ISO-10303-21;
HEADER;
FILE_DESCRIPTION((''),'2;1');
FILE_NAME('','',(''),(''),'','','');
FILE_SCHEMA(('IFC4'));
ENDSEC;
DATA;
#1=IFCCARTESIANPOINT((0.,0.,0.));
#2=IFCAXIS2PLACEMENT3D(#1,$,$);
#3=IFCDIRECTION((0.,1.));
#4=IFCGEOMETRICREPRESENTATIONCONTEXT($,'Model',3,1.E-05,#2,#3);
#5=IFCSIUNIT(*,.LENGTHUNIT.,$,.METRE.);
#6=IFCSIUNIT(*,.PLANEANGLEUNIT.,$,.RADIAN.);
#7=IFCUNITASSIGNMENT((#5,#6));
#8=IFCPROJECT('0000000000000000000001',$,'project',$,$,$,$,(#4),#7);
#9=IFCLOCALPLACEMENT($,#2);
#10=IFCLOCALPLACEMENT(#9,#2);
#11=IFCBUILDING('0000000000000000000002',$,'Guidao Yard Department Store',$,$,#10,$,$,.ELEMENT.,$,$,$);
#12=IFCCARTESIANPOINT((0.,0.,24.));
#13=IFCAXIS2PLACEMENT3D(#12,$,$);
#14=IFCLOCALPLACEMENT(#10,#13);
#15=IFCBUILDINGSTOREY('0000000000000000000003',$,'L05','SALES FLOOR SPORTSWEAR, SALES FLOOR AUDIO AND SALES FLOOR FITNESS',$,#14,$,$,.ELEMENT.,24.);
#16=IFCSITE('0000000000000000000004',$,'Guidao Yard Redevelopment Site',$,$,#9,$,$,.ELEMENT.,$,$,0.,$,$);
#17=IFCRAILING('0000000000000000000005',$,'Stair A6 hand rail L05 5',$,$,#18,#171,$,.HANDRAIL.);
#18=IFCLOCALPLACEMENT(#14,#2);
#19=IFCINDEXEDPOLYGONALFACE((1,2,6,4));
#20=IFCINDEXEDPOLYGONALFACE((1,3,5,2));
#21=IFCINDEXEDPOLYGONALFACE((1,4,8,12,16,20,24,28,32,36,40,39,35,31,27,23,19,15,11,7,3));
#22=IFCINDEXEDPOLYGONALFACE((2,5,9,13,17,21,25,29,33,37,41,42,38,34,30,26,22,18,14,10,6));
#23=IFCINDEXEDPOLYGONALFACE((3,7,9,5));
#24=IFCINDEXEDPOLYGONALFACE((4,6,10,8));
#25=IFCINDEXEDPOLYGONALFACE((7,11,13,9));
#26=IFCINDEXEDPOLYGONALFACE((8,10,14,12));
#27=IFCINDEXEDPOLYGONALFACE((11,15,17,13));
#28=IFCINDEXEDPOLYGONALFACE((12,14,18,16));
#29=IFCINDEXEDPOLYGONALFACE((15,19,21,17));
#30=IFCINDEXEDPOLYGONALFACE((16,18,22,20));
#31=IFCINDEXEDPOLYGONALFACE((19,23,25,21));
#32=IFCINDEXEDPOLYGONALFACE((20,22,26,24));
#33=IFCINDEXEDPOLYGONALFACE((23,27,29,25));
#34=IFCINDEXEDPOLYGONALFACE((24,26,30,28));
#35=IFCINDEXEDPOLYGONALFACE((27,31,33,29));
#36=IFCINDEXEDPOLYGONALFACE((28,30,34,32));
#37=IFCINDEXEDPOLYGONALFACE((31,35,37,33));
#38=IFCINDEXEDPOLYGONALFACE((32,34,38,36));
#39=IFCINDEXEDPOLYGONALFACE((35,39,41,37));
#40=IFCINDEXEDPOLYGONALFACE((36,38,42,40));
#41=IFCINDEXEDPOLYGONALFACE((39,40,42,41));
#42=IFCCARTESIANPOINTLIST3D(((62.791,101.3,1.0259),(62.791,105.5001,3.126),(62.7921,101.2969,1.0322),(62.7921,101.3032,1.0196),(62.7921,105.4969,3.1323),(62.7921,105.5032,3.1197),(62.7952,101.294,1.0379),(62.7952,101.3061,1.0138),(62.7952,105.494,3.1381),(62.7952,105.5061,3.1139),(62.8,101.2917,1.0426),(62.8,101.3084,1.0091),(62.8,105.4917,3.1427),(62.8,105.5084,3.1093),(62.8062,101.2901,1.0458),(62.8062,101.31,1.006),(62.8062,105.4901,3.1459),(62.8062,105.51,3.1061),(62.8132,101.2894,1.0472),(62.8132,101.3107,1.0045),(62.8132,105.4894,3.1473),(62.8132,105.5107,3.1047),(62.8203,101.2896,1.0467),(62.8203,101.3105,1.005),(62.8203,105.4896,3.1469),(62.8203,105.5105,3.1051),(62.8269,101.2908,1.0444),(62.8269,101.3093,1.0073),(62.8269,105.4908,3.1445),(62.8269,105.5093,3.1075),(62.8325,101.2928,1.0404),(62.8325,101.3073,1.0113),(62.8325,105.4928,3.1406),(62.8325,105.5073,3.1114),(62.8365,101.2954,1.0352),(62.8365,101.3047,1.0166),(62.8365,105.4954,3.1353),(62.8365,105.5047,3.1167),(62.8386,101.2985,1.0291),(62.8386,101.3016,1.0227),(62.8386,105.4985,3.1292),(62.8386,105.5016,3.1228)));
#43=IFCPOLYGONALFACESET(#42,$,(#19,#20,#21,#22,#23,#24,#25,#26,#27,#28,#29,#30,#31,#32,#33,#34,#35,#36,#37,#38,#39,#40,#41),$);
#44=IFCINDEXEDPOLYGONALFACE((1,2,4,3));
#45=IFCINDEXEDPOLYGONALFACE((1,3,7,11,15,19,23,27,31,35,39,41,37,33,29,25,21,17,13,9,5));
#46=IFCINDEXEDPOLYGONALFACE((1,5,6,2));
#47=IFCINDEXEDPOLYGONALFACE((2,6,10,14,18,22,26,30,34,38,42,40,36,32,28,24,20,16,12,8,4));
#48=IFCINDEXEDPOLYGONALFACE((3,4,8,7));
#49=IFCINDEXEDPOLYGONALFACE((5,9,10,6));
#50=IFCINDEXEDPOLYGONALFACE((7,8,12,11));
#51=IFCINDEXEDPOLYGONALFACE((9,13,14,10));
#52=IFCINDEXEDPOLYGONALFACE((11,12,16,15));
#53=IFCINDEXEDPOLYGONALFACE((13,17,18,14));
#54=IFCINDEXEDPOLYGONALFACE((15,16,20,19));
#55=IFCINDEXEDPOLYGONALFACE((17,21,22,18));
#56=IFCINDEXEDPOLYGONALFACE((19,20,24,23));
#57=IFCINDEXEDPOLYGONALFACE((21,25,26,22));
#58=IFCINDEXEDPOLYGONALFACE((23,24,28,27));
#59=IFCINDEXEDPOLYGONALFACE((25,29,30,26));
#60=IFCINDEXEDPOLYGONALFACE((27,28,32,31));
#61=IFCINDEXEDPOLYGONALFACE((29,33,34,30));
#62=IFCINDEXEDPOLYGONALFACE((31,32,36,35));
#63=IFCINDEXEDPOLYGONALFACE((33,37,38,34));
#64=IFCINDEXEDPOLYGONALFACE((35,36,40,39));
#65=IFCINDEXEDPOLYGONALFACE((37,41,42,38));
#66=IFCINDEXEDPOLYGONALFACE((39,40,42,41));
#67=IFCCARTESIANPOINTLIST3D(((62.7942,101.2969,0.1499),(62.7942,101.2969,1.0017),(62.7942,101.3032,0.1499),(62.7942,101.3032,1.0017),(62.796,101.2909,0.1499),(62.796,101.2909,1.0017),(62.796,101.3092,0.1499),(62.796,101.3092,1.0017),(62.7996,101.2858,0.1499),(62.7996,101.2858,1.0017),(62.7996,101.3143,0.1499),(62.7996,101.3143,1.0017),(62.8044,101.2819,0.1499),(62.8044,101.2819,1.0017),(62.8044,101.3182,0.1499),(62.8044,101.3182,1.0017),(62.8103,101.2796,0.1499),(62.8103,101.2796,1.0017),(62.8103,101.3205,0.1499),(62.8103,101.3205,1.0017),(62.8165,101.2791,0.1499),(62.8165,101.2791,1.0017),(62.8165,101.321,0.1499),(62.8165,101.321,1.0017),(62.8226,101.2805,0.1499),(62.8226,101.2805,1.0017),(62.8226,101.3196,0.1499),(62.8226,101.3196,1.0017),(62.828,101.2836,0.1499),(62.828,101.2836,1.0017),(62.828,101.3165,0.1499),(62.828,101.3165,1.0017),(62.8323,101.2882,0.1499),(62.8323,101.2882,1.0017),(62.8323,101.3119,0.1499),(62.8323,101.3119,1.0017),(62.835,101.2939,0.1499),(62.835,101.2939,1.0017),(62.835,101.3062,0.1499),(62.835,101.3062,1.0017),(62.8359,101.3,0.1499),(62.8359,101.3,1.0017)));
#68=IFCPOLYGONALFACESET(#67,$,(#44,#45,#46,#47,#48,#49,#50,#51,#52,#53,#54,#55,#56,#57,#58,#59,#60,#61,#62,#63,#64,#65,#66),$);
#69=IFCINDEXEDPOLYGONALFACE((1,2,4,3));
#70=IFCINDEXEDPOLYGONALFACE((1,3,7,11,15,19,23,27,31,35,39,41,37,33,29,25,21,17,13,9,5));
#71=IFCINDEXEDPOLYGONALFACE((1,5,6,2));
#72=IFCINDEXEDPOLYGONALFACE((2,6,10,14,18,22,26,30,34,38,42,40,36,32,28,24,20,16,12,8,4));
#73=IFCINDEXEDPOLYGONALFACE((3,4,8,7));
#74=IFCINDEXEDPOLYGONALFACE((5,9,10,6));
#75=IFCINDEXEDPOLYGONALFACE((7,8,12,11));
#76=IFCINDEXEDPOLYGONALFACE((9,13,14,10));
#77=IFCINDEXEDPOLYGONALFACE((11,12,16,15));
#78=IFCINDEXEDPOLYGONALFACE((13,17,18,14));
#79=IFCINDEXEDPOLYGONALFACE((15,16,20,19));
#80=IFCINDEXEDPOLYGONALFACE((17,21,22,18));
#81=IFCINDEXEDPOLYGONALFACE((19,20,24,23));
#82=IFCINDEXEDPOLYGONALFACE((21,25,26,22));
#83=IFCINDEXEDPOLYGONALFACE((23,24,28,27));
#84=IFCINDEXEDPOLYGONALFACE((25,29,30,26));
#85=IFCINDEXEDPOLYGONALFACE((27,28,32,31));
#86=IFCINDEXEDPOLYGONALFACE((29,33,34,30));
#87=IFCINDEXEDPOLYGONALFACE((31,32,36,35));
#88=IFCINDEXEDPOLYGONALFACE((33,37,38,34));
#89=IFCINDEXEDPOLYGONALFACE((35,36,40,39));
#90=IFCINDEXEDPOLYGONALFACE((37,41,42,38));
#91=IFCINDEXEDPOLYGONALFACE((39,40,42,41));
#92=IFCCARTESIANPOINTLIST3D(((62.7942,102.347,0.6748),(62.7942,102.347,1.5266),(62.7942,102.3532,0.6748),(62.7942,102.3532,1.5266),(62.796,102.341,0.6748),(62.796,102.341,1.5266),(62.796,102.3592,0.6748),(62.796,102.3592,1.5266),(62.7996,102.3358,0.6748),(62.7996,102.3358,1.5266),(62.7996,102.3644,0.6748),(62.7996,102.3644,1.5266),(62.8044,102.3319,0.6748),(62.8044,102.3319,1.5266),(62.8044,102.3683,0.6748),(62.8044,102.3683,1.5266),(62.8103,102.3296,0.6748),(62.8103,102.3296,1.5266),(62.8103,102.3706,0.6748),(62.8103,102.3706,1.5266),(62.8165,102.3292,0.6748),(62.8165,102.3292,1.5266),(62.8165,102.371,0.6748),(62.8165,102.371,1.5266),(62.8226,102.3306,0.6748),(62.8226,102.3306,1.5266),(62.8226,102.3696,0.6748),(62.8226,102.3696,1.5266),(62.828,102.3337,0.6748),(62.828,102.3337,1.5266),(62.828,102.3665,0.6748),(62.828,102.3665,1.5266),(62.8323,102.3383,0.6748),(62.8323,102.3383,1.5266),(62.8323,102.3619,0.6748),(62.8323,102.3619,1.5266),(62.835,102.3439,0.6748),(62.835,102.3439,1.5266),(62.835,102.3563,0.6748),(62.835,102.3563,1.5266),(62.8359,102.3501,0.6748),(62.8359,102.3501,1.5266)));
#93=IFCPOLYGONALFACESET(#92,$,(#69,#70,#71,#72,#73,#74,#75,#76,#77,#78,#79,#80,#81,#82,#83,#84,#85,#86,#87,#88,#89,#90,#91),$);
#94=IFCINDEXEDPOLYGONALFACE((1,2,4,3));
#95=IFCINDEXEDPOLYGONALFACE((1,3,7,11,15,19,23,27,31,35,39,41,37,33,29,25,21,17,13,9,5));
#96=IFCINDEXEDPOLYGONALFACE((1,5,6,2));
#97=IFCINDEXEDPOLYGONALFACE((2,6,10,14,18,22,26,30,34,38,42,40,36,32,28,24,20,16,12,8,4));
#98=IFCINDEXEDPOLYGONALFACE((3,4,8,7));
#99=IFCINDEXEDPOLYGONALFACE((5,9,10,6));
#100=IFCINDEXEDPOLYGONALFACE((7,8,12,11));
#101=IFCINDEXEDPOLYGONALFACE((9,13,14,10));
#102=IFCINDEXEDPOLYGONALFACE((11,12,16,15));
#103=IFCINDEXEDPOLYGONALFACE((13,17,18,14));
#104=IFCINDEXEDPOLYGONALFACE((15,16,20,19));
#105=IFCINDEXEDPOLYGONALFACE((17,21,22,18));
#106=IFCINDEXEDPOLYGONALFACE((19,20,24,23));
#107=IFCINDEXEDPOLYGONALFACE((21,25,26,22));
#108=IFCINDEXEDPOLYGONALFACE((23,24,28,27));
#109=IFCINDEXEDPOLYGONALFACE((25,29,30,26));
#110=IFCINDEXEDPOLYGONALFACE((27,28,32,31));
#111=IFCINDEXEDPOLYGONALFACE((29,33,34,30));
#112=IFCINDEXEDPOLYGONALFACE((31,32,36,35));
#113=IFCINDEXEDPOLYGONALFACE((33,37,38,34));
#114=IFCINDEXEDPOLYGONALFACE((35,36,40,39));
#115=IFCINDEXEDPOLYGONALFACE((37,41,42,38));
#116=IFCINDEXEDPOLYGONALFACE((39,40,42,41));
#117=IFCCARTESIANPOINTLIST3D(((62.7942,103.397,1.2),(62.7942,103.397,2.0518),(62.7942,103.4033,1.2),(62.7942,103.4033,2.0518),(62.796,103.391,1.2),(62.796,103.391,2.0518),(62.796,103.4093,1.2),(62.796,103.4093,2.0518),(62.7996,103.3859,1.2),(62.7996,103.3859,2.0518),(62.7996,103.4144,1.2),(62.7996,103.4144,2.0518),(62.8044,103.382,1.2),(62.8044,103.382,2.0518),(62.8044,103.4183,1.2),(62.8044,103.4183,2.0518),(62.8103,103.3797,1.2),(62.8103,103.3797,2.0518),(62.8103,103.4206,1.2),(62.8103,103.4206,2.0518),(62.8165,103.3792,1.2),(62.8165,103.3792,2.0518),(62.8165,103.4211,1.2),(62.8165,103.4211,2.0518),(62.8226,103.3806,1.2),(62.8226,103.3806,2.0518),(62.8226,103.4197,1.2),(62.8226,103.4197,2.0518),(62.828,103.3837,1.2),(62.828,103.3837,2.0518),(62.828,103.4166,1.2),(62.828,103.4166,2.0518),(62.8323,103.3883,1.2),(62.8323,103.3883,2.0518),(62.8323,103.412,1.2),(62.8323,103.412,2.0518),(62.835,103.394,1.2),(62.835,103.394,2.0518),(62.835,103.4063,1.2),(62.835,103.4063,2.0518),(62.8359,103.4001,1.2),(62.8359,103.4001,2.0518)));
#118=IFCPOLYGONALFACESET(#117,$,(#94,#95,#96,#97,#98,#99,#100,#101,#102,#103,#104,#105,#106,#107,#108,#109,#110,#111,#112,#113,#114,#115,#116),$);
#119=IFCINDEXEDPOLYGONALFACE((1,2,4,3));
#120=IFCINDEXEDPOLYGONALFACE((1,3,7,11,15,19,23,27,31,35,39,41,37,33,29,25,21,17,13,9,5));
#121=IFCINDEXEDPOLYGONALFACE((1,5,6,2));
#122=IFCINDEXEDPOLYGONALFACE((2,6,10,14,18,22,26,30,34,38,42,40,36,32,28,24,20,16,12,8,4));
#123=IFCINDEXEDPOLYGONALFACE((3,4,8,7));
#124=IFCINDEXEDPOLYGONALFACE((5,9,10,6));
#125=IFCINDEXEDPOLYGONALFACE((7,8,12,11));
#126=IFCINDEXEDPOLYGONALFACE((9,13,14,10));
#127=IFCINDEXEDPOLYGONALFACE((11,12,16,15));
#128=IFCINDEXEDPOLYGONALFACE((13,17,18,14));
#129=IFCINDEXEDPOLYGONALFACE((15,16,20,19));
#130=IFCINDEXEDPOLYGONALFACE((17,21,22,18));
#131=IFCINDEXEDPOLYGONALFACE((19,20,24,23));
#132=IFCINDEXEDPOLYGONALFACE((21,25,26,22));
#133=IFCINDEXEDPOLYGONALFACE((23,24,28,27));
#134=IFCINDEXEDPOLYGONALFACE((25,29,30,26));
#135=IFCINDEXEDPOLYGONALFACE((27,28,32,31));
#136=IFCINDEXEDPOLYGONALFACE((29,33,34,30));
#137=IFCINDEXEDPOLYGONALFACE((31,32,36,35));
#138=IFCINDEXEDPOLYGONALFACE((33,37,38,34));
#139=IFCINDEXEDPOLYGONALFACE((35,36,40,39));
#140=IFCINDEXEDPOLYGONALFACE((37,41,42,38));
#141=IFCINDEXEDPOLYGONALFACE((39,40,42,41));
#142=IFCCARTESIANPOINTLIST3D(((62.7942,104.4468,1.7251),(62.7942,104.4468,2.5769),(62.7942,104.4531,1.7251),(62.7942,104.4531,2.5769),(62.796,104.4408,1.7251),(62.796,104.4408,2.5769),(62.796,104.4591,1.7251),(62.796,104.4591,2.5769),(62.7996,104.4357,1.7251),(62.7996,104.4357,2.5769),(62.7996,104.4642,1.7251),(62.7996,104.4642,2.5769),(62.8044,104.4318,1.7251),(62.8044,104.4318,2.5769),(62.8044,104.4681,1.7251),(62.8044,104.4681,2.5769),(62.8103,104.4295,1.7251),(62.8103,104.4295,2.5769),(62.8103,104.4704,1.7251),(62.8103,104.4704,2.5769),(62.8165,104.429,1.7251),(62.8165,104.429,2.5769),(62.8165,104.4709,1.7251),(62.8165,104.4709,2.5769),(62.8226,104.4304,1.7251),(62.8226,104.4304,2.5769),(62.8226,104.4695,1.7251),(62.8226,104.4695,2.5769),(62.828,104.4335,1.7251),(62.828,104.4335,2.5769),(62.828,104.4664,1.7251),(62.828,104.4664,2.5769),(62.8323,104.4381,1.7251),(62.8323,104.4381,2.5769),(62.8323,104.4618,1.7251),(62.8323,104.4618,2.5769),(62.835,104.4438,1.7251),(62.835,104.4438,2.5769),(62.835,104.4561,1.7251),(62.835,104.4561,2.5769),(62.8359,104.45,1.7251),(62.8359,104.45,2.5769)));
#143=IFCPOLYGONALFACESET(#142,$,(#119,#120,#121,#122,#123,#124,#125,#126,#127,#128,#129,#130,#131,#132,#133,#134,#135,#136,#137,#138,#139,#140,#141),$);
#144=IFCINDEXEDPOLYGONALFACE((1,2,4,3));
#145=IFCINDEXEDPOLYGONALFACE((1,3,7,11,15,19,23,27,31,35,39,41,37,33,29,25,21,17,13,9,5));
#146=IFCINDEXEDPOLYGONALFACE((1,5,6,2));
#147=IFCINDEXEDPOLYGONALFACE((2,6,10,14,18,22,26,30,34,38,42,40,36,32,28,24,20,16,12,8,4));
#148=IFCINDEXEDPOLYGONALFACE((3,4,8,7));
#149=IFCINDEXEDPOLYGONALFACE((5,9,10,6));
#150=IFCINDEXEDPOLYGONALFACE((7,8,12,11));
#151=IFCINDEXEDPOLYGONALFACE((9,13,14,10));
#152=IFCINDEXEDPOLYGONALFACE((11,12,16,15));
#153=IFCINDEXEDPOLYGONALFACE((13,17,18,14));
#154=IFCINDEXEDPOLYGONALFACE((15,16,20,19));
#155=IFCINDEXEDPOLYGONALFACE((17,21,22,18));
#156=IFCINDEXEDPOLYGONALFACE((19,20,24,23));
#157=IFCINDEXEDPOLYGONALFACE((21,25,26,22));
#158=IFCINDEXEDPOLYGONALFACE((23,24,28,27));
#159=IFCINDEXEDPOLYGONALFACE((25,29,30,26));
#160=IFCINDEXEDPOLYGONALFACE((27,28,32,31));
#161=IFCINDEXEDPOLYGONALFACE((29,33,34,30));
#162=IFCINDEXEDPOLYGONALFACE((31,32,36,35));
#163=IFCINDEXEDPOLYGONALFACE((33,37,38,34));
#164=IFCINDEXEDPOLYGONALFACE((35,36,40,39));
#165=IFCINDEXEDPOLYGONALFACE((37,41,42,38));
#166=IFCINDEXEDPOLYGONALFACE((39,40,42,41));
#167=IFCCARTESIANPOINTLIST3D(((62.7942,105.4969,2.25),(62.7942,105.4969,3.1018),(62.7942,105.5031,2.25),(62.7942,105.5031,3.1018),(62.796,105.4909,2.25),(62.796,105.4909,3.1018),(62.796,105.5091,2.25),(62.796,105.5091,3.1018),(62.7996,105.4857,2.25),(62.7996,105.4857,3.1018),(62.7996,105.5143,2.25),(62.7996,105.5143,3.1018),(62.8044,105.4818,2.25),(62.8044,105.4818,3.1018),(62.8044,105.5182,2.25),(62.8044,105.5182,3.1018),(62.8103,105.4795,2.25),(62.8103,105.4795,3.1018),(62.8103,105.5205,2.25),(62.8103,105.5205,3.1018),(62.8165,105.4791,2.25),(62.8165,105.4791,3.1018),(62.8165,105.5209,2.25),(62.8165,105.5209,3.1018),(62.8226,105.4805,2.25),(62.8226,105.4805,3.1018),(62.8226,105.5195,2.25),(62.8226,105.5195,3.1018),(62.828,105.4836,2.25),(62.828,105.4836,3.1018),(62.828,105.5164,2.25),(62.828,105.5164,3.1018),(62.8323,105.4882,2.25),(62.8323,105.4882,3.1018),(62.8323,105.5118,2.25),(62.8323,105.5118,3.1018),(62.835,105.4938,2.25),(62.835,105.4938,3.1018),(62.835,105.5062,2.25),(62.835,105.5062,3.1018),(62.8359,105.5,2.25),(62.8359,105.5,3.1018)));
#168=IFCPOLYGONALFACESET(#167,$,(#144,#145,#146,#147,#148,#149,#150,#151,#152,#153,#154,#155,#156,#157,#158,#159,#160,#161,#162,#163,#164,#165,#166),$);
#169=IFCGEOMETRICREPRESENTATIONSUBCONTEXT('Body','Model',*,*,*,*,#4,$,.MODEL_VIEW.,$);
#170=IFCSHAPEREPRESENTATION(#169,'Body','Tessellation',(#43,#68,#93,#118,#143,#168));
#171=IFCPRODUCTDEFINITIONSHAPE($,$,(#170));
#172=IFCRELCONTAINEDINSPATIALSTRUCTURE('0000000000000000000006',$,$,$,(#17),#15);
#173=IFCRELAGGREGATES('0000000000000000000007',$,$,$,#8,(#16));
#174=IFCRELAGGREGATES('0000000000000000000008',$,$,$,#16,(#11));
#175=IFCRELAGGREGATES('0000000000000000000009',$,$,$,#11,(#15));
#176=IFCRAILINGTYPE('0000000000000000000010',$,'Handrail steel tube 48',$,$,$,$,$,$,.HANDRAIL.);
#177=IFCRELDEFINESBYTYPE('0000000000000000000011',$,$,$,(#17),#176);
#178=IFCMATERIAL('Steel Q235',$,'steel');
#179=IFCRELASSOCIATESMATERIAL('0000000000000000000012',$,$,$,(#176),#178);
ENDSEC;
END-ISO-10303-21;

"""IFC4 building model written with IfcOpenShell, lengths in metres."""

from ifc_helpers import new_model, si_unit, direction, frame, origin, origin_2d, place, context, subcontext, project, spatial, circle, extrude, material, type_object, element, save


model = new_model("IFC4")

# Units and contexts
model_context = context("Model", 3, precision=1e-05, world=origin(), true_north=direction((0.0, 1.0)))
body_context = subcontext(model_context, "Body", "Model", "MODEL_VIEW")
ifc_project = project(units=[si_unit("LENGTHUNIT", "METRE"), si_unit("PLANEANGLEUNIT", "RADIAN")], contexts=[model_context])

# Site, building, storey
site_placement = place(None, origin())
site = spatial("IfcSite", under=ifc_project, at=site_placement, Name="Guidao Yard Redevelopment Site", CompositionType="ELEMENT", RefElevation=0.0)
building_placement = place(site_placement, origin())
building = spatial("IfcBuilding", under=site, at=building_placement, Name="Guidao Yard Department Store", CompositionType="ELEMENT")
storey_placement = place(building_placement, frame((0.0, 0.0, 24.0)))
storey = spatial("IfcBuildingStorey", under=building, at=storey_placement, Name="L05", Description="SALES FLOOR SPORTSWEAR, SALES FLOOR AUDIO AND SALES FLOOR FITNESS", CompositionType="ELEMENT", Elevation=24.0)

# Railing
ifc_material_1 = material(Name="Steel Q235", Category="steel")
railing_type_1 = type_object("IfcRailingType", Name="Handrail steel tube 48", PredefinedType="HANDRAIL", material=ifc_material_1)
for number, where, name in (
    (1, (62.8149, 101.3, 0.1499), "Stair A6 hand rail L05 5"),
):
    element("IfcRailing", number, at=place(storey_placement, frame(where)), inside=storey, type_object=railing_type_1, Name=name, PredefinedType="HANDRAIL", context=body_context, shape_type="SweptSolid", body=[
        extrude(circle(Radius=0.0239, at=origin_2d()), frame((0.0, 0.0, 0.876), z_axis=(0.0, 0.894417, 0.447234), x_axis=(-1.0, 0.0, 0.0)), (0.0, 0.0, 1.0), 4.6958),
        extrude(circle(Radius=0.021, at=origin_2d()), origin(), (0.0, 0.0, 1.0), 0.8518),
        extrude(circle(Radius=0.021, at=origin_2d()), frame((0.0, 1.05, 0.5249)), (0.0, 0.0, 1.0), 0.8518),
        extrude(circle(Radius=0.021, at=origin_2d()), frame((0.0, 2.1001, 1.05)), (0.0, 0.0, 1.0), 0.8518),
        extrude(circle(Radius=0.021, at=origin_2d()), frame((0.0, 3.1499, 1.5752)), (0.0, 0.0, 1.0), 0.8518),
        extrude(circle(Radius=0.021, at=origin_2d()), frame((0.0, 4.2, 2.1001)), (0.0, 0.0, 1.0), 0.8518),
    ])

save(model, "model.ifc")
